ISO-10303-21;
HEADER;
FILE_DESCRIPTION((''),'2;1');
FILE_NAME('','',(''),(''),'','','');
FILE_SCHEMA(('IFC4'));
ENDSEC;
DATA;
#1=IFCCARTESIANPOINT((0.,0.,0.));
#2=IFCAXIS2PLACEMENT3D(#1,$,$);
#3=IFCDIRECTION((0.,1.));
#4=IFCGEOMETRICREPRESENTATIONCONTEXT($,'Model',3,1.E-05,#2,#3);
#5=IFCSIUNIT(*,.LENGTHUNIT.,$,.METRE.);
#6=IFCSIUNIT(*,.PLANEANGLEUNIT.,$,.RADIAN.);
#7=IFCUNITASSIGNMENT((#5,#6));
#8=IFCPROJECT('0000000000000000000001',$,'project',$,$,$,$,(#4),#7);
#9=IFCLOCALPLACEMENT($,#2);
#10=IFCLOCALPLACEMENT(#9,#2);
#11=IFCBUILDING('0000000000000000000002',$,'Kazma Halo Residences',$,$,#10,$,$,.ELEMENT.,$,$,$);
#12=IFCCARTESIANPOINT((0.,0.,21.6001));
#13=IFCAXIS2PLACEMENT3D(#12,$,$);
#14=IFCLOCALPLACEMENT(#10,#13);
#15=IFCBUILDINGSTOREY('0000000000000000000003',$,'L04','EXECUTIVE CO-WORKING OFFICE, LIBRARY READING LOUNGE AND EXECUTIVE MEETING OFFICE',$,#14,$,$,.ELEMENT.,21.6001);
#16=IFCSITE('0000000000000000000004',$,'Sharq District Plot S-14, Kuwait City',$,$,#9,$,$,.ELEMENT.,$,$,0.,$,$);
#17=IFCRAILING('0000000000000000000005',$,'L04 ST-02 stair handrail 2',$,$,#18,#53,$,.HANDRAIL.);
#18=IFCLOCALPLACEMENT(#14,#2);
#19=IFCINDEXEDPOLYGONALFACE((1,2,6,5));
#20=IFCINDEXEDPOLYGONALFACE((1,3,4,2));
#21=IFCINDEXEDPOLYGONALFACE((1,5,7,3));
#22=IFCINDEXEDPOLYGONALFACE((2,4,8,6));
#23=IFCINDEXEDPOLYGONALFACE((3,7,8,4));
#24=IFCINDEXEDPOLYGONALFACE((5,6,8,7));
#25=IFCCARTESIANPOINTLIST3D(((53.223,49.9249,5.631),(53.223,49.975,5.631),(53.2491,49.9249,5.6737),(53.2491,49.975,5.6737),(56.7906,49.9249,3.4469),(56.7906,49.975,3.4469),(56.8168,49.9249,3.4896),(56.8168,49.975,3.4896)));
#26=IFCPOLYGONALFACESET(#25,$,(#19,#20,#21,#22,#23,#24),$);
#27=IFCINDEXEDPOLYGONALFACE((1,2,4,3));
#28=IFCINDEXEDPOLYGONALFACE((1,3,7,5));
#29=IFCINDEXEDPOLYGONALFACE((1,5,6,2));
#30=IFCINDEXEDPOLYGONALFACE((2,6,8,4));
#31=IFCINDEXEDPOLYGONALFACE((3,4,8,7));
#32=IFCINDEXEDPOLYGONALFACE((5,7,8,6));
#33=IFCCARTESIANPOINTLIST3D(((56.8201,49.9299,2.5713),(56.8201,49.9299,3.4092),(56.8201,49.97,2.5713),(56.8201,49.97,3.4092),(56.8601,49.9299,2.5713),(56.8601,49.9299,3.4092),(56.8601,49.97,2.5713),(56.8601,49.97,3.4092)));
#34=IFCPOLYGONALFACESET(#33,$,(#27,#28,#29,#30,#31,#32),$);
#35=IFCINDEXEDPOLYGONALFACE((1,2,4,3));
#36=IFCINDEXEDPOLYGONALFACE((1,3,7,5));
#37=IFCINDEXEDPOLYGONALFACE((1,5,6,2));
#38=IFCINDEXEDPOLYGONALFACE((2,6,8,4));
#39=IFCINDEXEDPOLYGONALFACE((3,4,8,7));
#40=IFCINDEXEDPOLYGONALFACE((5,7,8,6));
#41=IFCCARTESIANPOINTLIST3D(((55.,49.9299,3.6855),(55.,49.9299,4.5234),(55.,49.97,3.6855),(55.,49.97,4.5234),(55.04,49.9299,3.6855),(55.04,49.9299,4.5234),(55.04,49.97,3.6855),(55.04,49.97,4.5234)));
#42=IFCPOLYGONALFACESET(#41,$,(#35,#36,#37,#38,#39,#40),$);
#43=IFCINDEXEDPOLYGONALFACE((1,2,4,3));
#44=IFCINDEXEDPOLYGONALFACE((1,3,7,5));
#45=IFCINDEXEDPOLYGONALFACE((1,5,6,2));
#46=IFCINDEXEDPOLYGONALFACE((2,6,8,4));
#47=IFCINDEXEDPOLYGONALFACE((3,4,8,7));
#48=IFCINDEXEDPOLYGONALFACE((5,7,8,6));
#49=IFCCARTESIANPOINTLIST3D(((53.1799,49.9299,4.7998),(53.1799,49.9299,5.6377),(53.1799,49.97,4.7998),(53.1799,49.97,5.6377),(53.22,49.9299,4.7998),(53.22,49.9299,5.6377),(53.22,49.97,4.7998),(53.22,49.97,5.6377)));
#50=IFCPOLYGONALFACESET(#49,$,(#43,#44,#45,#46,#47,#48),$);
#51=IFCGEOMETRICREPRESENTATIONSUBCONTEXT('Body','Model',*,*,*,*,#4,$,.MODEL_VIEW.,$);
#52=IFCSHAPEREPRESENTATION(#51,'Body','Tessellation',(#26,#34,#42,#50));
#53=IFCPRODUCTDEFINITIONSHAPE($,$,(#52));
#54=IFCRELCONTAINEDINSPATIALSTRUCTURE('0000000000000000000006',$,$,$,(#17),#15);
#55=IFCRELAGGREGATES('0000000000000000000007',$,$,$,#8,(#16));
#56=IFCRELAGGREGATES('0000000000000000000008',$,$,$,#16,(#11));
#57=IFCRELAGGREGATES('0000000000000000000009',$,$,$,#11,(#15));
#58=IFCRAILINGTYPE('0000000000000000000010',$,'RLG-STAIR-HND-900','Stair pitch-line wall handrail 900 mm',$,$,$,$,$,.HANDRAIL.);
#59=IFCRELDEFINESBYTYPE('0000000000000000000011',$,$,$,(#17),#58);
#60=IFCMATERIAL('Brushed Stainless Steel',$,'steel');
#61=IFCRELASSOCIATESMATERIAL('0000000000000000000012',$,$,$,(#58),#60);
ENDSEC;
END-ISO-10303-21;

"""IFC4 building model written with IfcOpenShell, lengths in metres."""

from ifc_helpers import new_model, si_unit, direction, frame, origin, origin_2d, place, context, subcontext, project, spatial, rectangle, extrude, material, type_object, element, save


model = new_model("IFC4")

# Units and contexts
model_context = context("Model", 3, precision=1e-05, world=origin(), true_north=direction((0.0, 1.0)))
body_context = subcontext(model_context, "Body", "Model", "MODEL_VIEW")
ifc_project = project(units=[si_unit("LENGTHUNIT", "METRE"), si_unit("PLANEANGLEUNIT", "RADIAN")], contexts=[model_context])

# Site, building, storey
site_placement = place(None, origin())
site = spatial("IfcSite", under=ifc_project, at=site_placement, Name="Sharq District Plot S-14, Kuwait City", CompositionType="ELEMENT", RefElevation=0.0)
building_placement = place(site_placement, origin())
building = spatial("IfcBuilding", under=site, at=building_placement, Name="Kazma Halo Residences", CompositionType="ELEMENT")
storey_placement = place(building_placement, frame((0.0, 0.0, 21.6001)))
storey = spatial("IfcBuildingStorey", under=building, at=storey_placement, Name="L04", Description="EXECUTIVE CO-WORKING OFFICE, LIBRARY READING LOUNGE AND EXECUTIVE MEETING OFFICE", CompositionType="ELEMENT", Elevation=21.6001)

# Railing
ifc_material_1 = material(Name="Brushed Stainless Steel", Category="steel")
railing_type_1 = type_object("IfcRailingType", Name="RLG-STAIR-HND-900", Description="Stair pitch-line wall handrail 900 mm", PredefinedType="HANDRAIL", material=ifc_material_1)
railing_1_placement = place(storey_placement, frame((56.8401, 49.95, 2.5713)))
element("IfcRailing", 1, at=railing_1_placement, inside=storey, type_object=railing_type_1, Name="L04 ST-02 stair handrail 2", PredefinedType="HANDRAIL", context=body_context, shape_type="SweptSolid", body=[
    extrude(rectangle(XDim=0.05, YDim=0.05, at=origin_2d()), frame((-0.0364, 0.0, 0.897), z_axis=(-0.852866, 0.0, 0.52213), x_axis=(0.0, -1.0, 0.0)), (0.0, 0.0, 1.0), 4.1831),
    extrude(rectangle(XDim=0.04, YDim=0.04, at=origin_2d()), origin(), (0.0, 0.0, 1.0), 0.8379),
    extrude(rectangle(XDim=0.04, YDim=0.04, at=origin_2d()), frame((-1.8201, 0.0, 1.1143)), (0.0, 0.0, 1.0), 0.8379),
    extrude(rectangle(XDim=0.04, YDim=0.04, at=origin_2d()), frame((-3.6401, 0.0, 2.2285)), (0.0, 0.0, 1.0), 0.8379),
])

save(model, "model.ifc")
